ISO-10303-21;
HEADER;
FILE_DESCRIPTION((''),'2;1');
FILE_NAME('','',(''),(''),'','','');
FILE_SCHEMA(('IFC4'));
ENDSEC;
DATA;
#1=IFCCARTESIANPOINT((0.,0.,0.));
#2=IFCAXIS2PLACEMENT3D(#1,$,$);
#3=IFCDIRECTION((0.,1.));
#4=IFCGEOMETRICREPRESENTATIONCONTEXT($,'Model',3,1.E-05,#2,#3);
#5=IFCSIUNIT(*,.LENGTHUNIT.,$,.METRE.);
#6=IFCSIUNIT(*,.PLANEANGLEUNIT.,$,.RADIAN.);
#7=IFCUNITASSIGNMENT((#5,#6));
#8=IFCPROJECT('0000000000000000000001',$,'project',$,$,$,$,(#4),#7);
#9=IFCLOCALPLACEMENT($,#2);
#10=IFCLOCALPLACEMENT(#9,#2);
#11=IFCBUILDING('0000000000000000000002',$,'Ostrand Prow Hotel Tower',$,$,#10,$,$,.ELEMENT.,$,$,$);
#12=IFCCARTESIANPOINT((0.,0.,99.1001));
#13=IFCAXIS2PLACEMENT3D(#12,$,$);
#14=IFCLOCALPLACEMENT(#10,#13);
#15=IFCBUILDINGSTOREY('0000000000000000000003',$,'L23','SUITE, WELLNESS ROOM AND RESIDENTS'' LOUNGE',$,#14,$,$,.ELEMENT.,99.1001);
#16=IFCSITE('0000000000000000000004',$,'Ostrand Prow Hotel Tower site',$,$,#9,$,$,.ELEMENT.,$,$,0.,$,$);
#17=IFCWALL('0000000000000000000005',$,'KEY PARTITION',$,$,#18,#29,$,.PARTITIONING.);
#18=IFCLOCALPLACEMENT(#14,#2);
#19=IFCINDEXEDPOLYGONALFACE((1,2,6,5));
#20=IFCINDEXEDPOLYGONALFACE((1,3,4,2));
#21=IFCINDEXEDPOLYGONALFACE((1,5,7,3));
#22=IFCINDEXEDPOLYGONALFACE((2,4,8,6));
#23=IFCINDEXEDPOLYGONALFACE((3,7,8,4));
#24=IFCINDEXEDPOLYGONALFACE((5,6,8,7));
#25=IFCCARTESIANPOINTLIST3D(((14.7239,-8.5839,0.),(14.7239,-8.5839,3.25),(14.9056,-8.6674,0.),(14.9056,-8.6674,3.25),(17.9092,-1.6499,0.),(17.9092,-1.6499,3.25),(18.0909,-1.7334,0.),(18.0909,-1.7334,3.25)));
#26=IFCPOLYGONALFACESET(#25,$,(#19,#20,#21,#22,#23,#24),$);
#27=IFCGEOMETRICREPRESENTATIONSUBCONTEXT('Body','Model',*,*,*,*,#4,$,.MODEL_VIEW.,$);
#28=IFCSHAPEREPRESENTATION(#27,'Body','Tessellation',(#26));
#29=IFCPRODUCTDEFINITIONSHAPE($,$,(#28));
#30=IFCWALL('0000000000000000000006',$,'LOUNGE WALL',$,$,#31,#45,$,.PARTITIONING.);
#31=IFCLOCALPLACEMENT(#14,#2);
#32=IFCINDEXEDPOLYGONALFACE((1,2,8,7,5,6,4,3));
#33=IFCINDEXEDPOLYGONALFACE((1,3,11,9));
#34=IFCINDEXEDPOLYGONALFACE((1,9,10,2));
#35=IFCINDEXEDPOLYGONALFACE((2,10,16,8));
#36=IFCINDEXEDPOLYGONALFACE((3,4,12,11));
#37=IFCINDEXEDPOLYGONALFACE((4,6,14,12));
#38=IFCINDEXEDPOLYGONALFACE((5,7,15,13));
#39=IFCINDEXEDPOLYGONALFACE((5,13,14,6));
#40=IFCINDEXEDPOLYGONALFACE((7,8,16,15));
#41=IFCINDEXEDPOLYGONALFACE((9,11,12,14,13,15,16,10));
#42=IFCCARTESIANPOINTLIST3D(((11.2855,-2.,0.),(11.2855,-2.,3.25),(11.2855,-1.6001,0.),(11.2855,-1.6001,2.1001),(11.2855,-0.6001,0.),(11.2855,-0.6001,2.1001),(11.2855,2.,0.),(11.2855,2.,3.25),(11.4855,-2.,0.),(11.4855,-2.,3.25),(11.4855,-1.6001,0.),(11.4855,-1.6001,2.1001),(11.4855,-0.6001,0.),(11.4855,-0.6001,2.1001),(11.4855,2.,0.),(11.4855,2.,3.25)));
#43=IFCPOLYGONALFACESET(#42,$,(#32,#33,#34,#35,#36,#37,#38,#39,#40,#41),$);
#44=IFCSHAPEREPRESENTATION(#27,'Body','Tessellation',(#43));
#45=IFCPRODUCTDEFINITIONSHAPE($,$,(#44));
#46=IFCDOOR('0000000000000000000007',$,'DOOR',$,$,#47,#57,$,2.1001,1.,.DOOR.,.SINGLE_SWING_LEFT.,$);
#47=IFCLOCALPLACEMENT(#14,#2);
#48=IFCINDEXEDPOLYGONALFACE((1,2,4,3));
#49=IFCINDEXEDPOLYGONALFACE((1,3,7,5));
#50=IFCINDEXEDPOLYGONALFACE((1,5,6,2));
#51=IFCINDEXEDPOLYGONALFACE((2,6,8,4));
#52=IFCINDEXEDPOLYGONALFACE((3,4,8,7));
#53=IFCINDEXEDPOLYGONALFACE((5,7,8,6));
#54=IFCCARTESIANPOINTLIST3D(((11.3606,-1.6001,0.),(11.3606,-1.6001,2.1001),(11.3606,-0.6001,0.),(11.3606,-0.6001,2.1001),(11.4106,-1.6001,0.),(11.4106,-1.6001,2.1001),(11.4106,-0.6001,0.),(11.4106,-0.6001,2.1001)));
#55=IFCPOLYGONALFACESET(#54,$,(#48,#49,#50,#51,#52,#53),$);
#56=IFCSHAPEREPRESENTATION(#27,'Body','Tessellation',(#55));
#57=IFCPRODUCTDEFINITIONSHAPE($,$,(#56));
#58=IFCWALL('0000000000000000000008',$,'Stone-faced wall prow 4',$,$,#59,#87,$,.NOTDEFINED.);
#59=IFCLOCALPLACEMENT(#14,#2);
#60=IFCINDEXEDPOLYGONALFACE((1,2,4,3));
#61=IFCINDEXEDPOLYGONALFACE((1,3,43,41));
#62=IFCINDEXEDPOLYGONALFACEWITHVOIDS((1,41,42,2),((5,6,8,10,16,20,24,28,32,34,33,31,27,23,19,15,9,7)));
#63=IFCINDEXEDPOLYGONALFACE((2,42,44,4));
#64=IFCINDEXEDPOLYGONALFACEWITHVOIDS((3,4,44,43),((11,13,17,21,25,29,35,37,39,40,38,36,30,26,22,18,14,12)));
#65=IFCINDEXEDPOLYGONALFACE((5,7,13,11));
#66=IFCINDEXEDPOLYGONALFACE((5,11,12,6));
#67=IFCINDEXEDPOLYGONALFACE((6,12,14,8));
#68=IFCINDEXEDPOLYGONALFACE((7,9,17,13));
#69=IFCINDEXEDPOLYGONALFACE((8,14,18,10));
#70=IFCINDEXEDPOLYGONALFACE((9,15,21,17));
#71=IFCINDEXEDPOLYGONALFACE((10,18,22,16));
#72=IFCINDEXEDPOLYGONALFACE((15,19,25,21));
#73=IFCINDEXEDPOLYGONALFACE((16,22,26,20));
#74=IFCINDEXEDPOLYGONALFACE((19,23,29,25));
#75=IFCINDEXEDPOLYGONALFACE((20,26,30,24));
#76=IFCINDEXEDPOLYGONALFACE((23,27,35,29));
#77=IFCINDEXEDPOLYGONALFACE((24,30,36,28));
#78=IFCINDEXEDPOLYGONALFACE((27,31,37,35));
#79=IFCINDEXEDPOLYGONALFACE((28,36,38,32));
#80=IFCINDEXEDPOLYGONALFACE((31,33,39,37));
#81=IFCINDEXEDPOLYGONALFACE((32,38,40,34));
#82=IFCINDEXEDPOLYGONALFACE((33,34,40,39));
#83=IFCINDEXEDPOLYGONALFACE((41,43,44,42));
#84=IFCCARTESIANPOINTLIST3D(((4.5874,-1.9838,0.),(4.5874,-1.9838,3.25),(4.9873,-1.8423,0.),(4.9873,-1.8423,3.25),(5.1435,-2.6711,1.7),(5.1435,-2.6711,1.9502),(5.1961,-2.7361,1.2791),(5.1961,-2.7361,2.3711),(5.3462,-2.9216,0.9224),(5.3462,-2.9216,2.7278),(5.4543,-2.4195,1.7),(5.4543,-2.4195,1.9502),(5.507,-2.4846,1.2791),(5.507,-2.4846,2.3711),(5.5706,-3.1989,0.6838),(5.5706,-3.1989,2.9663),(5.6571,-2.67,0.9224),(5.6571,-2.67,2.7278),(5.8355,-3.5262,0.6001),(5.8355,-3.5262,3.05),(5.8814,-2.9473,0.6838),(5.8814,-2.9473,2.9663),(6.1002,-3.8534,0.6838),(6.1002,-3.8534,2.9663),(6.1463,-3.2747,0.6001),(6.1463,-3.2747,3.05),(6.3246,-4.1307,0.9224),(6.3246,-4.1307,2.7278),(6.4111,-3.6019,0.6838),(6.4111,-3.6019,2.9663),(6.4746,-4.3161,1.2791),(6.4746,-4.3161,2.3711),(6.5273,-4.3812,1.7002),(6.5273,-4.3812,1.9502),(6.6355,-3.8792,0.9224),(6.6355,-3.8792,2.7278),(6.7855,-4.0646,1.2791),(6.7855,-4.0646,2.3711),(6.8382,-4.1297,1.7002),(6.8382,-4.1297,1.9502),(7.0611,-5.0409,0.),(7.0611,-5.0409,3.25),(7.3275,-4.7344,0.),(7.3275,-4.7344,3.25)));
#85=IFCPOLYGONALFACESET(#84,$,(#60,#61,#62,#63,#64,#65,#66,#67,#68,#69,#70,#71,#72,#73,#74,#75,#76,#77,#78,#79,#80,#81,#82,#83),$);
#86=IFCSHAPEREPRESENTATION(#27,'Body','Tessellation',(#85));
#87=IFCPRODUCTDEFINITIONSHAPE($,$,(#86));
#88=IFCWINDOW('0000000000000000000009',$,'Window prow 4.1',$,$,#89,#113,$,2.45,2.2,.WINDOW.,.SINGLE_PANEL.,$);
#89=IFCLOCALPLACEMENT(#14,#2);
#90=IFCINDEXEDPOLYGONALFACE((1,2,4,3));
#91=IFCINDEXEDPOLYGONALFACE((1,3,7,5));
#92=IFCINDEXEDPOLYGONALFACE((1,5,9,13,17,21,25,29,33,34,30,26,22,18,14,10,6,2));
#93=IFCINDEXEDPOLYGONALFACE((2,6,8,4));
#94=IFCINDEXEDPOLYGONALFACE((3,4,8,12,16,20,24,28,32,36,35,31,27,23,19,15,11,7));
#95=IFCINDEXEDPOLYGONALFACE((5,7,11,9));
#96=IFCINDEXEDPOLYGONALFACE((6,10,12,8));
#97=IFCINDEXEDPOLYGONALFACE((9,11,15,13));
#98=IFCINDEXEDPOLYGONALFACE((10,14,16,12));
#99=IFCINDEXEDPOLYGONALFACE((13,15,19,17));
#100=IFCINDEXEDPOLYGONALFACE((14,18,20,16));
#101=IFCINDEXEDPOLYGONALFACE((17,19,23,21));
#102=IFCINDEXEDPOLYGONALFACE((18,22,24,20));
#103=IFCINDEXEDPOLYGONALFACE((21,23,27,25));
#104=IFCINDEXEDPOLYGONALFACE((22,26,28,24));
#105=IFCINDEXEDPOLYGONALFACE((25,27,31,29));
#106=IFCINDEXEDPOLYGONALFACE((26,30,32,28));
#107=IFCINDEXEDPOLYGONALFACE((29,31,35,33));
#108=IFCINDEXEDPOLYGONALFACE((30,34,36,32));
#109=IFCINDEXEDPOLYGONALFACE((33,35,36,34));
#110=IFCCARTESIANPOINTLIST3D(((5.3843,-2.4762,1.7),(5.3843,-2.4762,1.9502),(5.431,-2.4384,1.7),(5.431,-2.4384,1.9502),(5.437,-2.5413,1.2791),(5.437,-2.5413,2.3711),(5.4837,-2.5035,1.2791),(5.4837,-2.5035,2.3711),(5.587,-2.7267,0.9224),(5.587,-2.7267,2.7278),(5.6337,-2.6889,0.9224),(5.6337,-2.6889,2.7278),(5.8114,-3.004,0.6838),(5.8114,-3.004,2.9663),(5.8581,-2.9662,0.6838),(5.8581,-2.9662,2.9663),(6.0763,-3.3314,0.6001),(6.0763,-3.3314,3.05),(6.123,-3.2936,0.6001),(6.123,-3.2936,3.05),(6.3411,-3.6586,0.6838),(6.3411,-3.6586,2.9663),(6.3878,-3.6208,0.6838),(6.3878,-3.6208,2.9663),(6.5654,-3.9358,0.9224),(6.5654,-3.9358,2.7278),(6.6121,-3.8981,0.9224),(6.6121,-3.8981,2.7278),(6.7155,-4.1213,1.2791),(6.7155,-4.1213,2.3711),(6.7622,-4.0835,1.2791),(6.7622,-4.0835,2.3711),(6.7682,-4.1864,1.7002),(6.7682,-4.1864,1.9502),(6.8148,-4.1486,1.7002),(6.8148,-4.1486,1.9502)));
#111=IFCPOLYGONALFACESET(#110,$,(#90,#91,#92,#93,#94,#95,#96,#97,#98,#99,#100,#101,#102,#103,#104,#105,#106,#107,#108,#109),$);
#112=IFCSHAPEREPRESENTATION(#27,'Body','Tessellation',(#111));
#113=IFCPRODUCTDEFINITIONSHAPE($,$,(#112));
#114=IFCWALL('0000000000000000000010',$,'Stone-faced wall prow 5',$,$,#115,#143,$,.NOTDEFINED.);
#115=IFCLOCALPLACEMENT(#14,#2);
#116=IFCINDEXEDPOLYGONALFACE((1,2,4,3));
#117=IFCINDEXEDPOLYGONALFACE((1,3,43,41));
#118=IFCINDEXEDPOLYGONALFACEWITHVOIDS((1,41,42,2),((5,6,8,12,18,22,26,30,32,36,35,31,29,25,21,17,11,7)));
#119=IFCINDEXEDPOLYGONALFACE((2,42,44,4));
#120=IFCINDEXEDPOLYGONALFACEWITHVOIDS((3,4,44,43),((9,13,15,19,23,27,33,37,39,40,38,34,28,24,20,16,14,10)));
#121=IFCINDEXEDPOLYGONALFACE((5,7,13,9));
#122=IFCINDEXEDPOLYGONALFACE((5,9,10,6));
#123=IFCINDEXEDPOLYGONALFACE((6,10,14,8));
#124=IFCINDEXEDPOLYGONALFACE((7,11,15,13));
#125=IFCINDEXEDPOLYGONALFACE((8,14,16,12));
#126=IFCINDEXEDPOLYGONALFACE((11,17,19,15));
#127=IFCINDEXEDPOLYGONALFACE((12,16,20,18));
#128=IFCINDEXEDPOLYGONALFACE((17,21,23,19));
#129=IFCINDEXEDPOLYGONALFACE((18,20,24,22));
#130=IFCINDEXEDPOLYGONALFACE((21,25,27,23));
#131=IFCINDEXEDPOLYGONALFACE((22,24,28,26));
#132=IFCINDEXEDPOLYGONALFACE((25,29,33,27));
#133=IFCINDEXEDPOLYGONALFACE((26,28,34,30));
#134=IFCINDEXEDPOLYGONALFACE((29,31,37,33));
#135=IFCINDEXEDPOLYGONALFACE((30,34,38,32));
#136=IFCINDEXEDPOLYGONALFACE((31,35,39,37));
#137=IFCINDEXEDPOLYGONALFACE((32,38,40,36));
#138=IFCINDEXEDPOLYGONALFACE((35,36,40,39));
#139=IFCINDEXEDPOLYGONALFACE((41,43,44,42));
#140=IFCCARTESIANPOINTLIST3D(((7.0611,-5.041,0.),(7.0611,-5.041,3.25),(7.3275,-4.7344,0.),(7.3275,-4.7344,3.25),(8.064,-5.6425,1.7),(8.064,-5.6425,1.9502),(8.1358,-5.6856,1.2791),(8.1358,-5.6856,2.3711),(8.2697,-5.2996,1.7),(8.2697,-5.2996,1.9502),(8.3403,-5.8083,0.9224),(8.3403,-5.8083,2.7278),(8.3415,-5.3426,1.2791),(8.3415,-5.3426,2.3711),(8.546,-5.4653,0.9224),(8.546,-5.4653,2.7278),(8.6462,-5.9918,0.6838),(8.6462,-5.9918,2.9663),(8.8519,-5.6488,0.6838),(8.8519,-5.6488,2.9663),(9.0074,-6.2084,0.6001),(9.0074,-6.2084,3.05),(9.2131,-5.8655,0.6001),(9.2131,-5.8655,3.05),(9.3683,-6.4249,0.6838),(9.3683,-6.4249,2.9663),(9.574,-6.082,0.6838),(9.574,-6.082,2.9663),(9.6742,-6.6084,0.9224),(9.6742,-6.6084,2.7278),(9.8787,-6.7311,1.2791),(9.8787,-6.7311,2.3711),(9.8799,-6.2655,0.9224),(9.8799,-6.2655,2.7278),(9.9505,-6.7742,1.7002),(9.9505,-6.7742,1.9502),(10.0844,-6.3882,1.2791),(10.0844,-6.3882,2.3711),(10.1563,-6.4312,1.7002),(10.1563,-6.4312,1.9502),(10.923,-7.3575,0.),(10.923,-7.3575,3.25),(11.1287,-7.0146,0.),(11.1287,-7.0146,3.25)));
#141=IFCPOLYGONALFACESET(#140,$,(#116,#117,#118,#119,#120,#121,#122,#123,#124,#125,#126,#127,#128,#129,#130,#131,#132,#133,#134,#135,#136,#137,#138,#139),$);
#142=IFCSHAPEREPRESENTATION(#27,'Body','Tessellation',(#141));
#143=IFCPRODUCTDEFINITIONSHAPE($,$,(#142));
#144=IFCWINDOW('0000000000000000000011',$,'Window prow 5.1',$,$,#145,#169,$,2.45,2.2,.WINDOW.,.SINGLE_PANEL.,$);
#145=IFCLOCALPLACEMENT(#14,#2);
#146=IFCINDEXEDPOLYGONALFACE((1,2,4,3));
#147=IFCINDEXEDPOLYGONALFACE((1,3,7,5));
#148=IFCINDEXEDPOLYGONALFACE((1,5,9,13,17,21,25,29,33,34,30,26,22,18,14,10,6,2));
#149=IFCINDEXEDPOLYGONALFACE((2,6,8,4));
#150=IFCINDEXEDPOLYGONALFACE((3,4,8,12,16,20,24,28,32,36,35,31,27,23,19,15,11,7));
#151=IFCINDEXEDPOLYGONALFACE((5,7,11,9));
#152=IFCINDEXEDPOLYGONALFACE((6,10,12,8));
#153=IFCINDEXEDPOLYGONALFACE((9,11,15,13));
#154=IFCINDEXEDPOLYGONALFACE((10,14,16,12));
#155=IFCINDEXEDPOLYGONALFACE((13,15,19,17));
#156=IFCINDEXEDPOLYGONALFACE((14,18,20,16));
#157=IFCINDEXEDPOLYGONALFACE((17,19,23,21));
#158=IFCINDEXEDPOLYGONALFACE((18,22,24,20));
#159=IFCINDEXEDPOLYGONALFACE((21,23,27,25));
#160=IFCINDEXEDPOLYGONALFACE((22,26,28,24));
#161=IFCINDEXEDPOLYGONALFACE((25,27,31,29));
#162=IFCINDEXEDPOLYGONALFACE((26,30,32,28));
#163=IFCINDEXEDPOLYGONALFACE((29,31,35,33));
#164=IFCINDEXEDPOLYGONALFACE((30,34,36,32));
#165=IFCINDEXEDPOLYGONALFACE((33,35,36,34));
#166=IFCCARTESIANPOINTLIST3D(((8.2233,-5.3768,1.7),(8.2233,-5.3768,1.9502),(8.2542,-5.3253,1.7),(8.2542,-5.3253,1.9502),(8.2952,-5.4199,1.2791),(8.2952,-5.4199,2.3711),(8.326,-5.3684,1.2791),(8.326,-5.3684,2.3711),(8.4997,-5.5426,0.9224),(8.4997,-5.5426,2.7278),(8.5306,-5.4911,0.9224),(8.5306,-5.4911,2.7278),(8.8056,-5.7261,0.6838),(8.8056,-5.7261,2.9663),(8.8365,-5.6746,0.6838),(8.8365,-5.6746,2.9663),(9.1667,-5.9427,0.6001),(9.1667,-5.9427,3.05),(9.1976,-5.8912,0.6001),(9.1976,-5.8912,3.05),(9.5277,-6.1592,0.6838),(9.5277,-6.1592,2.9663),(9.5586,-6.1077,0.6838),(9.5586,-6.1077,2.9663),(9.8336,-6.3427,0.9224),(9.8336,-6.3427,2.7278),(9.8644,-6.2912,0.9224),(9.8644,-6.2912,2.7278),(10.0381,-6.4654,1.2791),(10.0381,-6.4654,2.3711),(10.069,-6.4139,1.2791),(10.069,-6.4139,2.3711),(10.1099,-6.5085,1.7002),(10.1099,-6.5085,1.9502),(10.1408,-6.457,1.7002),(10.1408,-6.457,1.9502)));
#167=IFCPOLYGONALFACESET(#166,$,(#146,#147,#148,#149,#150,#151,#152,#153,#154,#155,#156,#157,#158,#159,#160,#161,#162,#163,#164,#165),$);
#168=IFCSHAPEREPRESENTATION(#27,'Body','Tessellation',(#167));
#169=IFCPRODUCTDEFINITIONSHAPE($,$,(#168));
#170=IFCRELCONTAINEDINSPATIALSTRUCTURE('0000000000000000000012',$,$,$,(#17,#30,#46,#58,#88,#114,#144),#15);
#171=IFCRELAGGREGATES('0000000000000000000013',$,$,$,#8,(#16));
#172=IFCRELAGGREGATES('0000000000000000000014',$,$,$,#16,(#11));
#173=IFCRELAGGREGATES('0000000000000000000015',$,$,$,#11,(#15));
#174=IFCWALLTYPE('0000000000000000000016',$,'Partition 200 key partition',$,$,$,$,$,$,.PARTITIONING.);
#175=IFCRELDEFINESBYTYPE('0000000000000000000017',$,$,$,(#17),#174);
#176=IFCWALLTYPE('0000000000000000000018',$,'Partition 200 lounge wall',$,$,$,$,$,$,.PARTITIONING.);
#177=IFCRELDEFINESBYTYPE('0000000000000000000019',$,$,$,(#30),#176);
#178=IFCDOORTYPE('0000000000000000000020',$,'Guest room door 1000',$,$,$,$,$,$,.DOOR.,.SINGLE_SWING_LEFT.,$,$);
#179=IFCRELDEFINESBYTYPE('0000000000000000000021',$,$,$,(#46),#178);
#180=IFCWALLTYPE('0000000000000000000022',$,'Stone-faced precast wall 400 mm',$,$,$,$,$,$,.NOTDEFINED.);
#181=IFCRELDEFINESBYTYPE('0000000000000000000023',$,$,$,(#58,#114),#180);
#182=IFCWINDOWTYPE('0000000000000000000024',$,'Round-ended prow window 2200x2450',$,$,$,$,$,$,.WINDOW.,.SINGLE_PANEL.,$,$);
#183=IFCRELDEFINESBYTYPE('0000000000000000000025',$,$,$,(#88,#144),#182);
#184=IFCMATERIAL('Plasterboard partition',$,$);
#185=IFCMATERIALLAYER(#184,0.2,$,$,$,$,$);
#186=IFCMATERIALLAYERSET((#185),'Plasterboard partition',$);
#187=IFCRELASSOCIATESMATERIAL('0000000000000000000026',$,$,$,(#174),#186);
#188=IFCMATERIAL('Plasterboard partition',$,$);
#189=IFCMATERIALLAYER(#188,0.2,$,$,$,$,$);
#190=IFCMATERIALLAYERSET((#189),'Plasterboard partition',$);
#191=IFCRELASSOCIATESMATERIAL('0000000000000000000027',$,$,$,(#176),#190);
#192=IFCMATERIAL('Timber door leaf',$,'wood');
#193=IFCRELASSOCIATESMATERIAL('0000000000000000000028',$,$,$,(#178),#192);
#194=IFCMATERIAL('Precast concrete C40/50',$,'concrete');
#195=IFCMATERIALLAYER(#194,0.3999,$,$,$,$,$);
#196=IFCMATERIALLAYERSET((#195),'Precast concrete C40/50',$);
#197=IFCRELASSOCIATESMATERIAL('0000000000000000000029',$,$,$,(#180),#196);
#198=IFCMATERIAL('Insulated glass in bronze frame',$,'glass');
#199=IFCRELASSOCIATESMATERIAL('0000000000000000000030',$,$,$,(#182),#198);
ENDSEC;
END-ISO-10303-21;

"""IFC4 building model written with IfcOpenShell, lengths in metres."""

from ifc_helpers import new_model, si_unit, direction, frame, frame_2d, origin, place, context, subcontext, project, spatial, polyline, rectangle, outline, extrude, material, layer, layer_set, type_object, element, fill, save


model = new_model("IFC4")

# Units and contexts
model_context = context("Model", 3, precision=1e-05, world=origin(), true_north=direction((0.0, 1.0)))
body_context = subcontext(model_context, "Body", "Model", "MODEL_VIEW")
ifc_project = project(units=[si_unit("LENGTHUNIT", "METRE"), si_unit("PLANEANGLEUNIT", "RADIAN")], contexts=[model_context])

# Site, building, storey
site_placement = place(None, origin())
site = spatial("IfcSite", under=ifc_project, at=site_placement, Name="Ostrand Prow Hotel Tower site", CompositionType="ELEMENT", RefElevation=0.0)
building_placement = place(site_placement, origin())
building = spatial("IfcBuilding", under=site, at=building_placement, Name="Ostrand Prow Hotel Tower", CompositionType="ELEMENT")
storey_placement = place(building_placement, frame((0.0, 0.0, 99.1001)))
storey = spatial("IfcBuildingStorey", under=building, at=storey_placement, Name="L23", Description="SUITE, WELLNESS ROOM AND RESIDENTS' LOUNGE", CompositionType="ELEMENT", Elevation=99.1001)

# Wall
ifc_material_1 = material(Name="Plasterboard partition")
ifc_layer_1 = layer(ifc_material_1, 0.2)
ifc_layer_set_1 = layer_set([ifc_layer_1], Name="Plasterboard partition")
wall_type_1 = type_object("IfcWallType", Name="Partition 200 key partition", PredefinedType="PARTITIONING", material=ifc_layer_set_1)
wall_1_placement = place(storey_placement, frame((14.8147, -8.6257, 0.0), z_axis=(0.0, 0.0, 1.0), x_axis=(0.417432, 0.908708, 0.0)))
element("IfcWall", 1, at=wall_1_placement, inside=storey, type_object=wall_type_1, Name="KEY PARTITION", PredefinedType="PARTITIONING", context=body_context, shape_type="SweptSolid", body=[
    extrude(rectangle(XDim=7.6306, YDim=0.2, at=frame_2d((3.8154, 0.0))), origin(), (0.0, 0.0, 1.0), 3.25),
])

# Wall, opening, door
ifc_material_2 = material(Name="Plasterboard partition")
ifc_layer_2 = layer(ifc_material_2, 0.2)
ifc_layer_set_2 = layer_set([ifc_layer_2], Name="Plasterboard partition")
wall_type_2 = type_object("IfcWallType", Name="Partition 200 lounge wall", PredefinedType="PARTITIONING", material=ifc_layer_set_2)
wall_2_placement = place(storey_placement, frame((11.3855, -2.0, 0.0), z_axis=(0.0, 0.0, 1.0), x_axis=(0.0, 1.0, 0.0)))
wall_2 = element("IfcWall", 2, at=wall_2_placement, inside=storey, type_object=wall_type_2, Name="LOUNGE WALL", PredefinedType="PARTITIONING", context=body_context, shape_type="SweptSolid", body=[
    extrude(rectangle(XDim=4.0, YDim=0.2, at=frame_2d((2.0, 0.0))), origin(), (0.0, 0.0, 1.0), 3.25),
])
opening_1_placement = place(wall_2_placement, frame((0.3999, 0.0, 0.0)))
opening_1 = element("IfcOpeningElement", 3, at=opening_1_placement, cuts=wall_2, PredefinedType="OPENING", context=body_context, shape_type="SweptSolid", body=[
    extrude(rectangle(XDim=1.0, YDim=2.1001, at=frame_2d((0.5, 1.05))), frame((0.0, 0.1099, 0.0), z_axis=(0.0, -1.0, 0.0), x_axis=(1.0, 0.0, 0.0)), (0.0, 0.0, 1.0), 0.22),
])
ifc_material_3 = material(Name="Timber door leaf", Category="wood")
door_type_1 = type_object("IfcDoorType", Name="Guest room door 1000", OperationType="SINGLE_SWING_LEFT", PredefinedType="DOOR", material=ifc_material_3)
door_1_placement = place(opening_1_placement, origin())
door_1 = element("IfcDoor", 4, at=door_1_placement, inside=storey, type_object=door_type_1, Name="DOOR", OperationType="SINGLE_SWING_LEFT", OverallHeight=2.1001, OverallWidth=1.0, PredefinedType="DOOR", context=body_context, shape_type="SweptSolid", body=[
    extrude(rectangle(XDim=1.0, YDim=2.1001, at=frame_2d((0.5, 1.05))), frame((0.0, 0.0249, 0.0), z_axis=(0.0, -1.0, 0.0), x_axis=(1.0, 0.0, 0.0)), (0.0, 0.0, 1.0), 0.05),
])
fill(opening_1, door_1)

# Walls, openings, windows
ifc_material_4 = material(Name="Precast concrete C40/50", Category="concrete")
ifc_layer_3 = layer(ifc_material_4, 0.3999)
ifc_layer_set_3 = layer_set([ifc_layer_3], Name="Precast concrete C40/50")
wall_type_3 = type_object("IfcWallType", Name="Stone-faced precast wall 400 mm", PredefinedType="NOTDEFINED", material=ifc_layer_set_3)
wall_3_placement = place(storey_placement, frame((4.7874, -1.9131, 0.0), z_axis=(0.0, 0.0, 1.0), x_axis=(0.629035, -0.777377, 0.0)))
wall_3 = element("IfcWall", 5, at=wall_3_placement, inside=storey, type_object=wall_type_3, Name="Stone-faced wall prow 4", PredefinedType="NOTDEFINED", context=body_context, shape_type="SweptSolid", body=[
    extrude(outline(polyline([(-0.0708, -0.2), (3.8618, -0.2), (3.791, 0.2), (0.0708, 0.2), (-0.0708, -0.2)])), origin(), (0.0, 0.0, 1.0), 3.25),
])
opening_2_placement = place(wall_3_placement, frame((0.8132, 0.0, 0.6001)))
opening_2 = element("IfcOpeningElement", 6, at=opening_2_placement, cuts=wall_3, PredefinedType="OPENING", context=body_context, shape_type="SweptSolid", body=[
    extrude(outline(polyline([(0.0, 1.3501), (0.0837, 1.771), (0.3223, 2.1277), (0.679, 2.3662), (1.1001, 2.45), (1.521, 2.3662), (1.8777, 2.1277), (2.1162, 1.771), (2.2, 1.3501), (2.2, 1.1001), (2.1162, 0.679), (1.8777, 0.3223), (1.521, 0.0837), (1.1001, 0.0), (0.679, 0.0837), (0.3223, 0.3223), (0.0837, 0.679), (0.0, 1.0999), (0.0, 1.3501)])), frame((0.0, 0.21, 0.0), z_axis=(0.0, -1.0, 0.0), x_axis=(1.0, 0.0, 0.0)), (0.0, 0.0, 1.0), 0.4199),
])
ifc_material_5 = material(Name="Insulated glass in bronze frame", Category="glass")
window_type = type_object("IfcWindowType", Name="Round-ended prow window 2200x2450", PartitioningType="SINGLE_PANEL", PredefinedType="WINDOW", material=ifc_material_5)
window_1_placement = place(opening_2_placement, origin())
window_1 = element("IfcWindow", 7, at=window_1_placement, inside=storey, type_object=window_type, Name="Window prow 4.1", OverallHeight=2.45, OverallWidth=2.2, PartitioningType="SINGLE_PANEL", PredefinedType="WINDOW", context=body_context, shape_type="SweptSolid", body=[
    extrude(outline(polyline([(0.0, 1.3501), (0.0837, 1.771), (0.3223, 2.1277), (0.679, 2.3662), (1.1001, 2.45), (1.521, 2.3662), (1.8777, 2.1277), (2.1162, 1.771), (2.2, 1.3501), (2.2, 1.1001), (2.1162, 0.679), (1.8777, 0.3223), (1.521, 0.0837), (1.1001, 0.0), (0.679, 0.0837), (0.3223, 0.3223), (0.0837, 0.679), (0.0, 1.0999), (0.0, 1.3501)])), frame((0.0, 0.1699, 0.0), z_axis=(0.0, -1.0, 0.0), x_axis=(1.0, 0.0, 0.0)), (0.0, 0.0, 1.0), 0.0601),
])
fill(opening_2, window_1)
wall_4_placement = place(storey_placement, frame((7.1943, -4.8877, 0.0), z_axis=(0.0, 0.0, 1.0), x_axis=(0.857551, -0.514399, 0.0)))
wall_4 = element("IfcWall", 8, at=wall_4_placement, inside=storey, type_object=wall_type_3, Name="Stone-faced wall prow 5", PredefinedType="NOTDEFINED", context=body_context, shape_type="SweptSolid", body=[
    extrude(outline(polyline([(-0.0354, -0.2), (4.468, -0.2), (4.468, 0.2), (0.0354, 0.2), (-0.0354, -0.2)])), origin(), (0.0, 0.0, 1.0), 3.25),
])
opening_3_placement = place(wall_4_placement, frame((1.134, 0.0, 0.6001)))
opening_3 = element("IfcOpeningElement", 9, at=opening_3_placement, cuts=wall_4, PredefinedType="OPENING", context=body_context, shape_type="SweptSolid", body=[
    extrude(outline(polyline([(0.0, 1.3501), (0.0837, 1.771), (0.3223, 2.1277), (0.679, 2.3662), (1.1001, 2.45), (1.521, 2.3662), (1.8777, 2.1277), (2.1162, 1.771), (2.2, 1.3501), (2.2, 1.1001), (2.1162, 0.679), (1.8777, 0.3223), (1.521, 0.0837), (1.1001, 0.0), (0.679, 0.0837), (0.3223, 0.3223), (0.0837, 0.679), (0.0, 1.0999), (0.0, 1.3501)])), frame((0.0, 0.21, 0.0), z_axis=(0.0, -1.0, 0.0), x_axis=(1.0, 0.0, 0.0)), (0.0, 0.0, 1.0), 0.4199),
])
window_2_placement = place(opening_3_placement, origin())
window_2 = element("IfcWindow", 10, at=window_2_placement, inside=storey, type_object=window_type, Name="Window prow 5.1", OverallHeight=2.45, OverallWidth=2.2, PartitioningType="SINGLE_PANEL", PredefinedType="WINDOW", context=body_context, shape_type="SweptSolid", body=[
    extrude(outline(polyline([(0.0, 1.3501), (0.0837, 1.771), (0.3223, 2.1277), (0.679, 2.3662), (1.1001, 2.45), (1.521, 2.3662), (1.8777, 2.1277), (2.1162, 1.771), (2.2, 1.3501), (2.2, 1.1001), (2.1162, 0.679), (1.8777, 0.3223), (1.521, 0.0837), (1.1001, 0.0), (0.679, 0.0837), (0.3223, 0.3223), (0.0837, 0.679), (0.0, 1.0999), (0.0, 1.3501)])), frame((0.0, 0.1699, 0.0), z_axis=(0.0, -1.0, 0.0), x_axis=(1.0, 0.0, 0.0)), (0.0, 0.0, 1.0), 0.0601),
])
fill(opening_3, window_2)

save(model, "model.ifc")
